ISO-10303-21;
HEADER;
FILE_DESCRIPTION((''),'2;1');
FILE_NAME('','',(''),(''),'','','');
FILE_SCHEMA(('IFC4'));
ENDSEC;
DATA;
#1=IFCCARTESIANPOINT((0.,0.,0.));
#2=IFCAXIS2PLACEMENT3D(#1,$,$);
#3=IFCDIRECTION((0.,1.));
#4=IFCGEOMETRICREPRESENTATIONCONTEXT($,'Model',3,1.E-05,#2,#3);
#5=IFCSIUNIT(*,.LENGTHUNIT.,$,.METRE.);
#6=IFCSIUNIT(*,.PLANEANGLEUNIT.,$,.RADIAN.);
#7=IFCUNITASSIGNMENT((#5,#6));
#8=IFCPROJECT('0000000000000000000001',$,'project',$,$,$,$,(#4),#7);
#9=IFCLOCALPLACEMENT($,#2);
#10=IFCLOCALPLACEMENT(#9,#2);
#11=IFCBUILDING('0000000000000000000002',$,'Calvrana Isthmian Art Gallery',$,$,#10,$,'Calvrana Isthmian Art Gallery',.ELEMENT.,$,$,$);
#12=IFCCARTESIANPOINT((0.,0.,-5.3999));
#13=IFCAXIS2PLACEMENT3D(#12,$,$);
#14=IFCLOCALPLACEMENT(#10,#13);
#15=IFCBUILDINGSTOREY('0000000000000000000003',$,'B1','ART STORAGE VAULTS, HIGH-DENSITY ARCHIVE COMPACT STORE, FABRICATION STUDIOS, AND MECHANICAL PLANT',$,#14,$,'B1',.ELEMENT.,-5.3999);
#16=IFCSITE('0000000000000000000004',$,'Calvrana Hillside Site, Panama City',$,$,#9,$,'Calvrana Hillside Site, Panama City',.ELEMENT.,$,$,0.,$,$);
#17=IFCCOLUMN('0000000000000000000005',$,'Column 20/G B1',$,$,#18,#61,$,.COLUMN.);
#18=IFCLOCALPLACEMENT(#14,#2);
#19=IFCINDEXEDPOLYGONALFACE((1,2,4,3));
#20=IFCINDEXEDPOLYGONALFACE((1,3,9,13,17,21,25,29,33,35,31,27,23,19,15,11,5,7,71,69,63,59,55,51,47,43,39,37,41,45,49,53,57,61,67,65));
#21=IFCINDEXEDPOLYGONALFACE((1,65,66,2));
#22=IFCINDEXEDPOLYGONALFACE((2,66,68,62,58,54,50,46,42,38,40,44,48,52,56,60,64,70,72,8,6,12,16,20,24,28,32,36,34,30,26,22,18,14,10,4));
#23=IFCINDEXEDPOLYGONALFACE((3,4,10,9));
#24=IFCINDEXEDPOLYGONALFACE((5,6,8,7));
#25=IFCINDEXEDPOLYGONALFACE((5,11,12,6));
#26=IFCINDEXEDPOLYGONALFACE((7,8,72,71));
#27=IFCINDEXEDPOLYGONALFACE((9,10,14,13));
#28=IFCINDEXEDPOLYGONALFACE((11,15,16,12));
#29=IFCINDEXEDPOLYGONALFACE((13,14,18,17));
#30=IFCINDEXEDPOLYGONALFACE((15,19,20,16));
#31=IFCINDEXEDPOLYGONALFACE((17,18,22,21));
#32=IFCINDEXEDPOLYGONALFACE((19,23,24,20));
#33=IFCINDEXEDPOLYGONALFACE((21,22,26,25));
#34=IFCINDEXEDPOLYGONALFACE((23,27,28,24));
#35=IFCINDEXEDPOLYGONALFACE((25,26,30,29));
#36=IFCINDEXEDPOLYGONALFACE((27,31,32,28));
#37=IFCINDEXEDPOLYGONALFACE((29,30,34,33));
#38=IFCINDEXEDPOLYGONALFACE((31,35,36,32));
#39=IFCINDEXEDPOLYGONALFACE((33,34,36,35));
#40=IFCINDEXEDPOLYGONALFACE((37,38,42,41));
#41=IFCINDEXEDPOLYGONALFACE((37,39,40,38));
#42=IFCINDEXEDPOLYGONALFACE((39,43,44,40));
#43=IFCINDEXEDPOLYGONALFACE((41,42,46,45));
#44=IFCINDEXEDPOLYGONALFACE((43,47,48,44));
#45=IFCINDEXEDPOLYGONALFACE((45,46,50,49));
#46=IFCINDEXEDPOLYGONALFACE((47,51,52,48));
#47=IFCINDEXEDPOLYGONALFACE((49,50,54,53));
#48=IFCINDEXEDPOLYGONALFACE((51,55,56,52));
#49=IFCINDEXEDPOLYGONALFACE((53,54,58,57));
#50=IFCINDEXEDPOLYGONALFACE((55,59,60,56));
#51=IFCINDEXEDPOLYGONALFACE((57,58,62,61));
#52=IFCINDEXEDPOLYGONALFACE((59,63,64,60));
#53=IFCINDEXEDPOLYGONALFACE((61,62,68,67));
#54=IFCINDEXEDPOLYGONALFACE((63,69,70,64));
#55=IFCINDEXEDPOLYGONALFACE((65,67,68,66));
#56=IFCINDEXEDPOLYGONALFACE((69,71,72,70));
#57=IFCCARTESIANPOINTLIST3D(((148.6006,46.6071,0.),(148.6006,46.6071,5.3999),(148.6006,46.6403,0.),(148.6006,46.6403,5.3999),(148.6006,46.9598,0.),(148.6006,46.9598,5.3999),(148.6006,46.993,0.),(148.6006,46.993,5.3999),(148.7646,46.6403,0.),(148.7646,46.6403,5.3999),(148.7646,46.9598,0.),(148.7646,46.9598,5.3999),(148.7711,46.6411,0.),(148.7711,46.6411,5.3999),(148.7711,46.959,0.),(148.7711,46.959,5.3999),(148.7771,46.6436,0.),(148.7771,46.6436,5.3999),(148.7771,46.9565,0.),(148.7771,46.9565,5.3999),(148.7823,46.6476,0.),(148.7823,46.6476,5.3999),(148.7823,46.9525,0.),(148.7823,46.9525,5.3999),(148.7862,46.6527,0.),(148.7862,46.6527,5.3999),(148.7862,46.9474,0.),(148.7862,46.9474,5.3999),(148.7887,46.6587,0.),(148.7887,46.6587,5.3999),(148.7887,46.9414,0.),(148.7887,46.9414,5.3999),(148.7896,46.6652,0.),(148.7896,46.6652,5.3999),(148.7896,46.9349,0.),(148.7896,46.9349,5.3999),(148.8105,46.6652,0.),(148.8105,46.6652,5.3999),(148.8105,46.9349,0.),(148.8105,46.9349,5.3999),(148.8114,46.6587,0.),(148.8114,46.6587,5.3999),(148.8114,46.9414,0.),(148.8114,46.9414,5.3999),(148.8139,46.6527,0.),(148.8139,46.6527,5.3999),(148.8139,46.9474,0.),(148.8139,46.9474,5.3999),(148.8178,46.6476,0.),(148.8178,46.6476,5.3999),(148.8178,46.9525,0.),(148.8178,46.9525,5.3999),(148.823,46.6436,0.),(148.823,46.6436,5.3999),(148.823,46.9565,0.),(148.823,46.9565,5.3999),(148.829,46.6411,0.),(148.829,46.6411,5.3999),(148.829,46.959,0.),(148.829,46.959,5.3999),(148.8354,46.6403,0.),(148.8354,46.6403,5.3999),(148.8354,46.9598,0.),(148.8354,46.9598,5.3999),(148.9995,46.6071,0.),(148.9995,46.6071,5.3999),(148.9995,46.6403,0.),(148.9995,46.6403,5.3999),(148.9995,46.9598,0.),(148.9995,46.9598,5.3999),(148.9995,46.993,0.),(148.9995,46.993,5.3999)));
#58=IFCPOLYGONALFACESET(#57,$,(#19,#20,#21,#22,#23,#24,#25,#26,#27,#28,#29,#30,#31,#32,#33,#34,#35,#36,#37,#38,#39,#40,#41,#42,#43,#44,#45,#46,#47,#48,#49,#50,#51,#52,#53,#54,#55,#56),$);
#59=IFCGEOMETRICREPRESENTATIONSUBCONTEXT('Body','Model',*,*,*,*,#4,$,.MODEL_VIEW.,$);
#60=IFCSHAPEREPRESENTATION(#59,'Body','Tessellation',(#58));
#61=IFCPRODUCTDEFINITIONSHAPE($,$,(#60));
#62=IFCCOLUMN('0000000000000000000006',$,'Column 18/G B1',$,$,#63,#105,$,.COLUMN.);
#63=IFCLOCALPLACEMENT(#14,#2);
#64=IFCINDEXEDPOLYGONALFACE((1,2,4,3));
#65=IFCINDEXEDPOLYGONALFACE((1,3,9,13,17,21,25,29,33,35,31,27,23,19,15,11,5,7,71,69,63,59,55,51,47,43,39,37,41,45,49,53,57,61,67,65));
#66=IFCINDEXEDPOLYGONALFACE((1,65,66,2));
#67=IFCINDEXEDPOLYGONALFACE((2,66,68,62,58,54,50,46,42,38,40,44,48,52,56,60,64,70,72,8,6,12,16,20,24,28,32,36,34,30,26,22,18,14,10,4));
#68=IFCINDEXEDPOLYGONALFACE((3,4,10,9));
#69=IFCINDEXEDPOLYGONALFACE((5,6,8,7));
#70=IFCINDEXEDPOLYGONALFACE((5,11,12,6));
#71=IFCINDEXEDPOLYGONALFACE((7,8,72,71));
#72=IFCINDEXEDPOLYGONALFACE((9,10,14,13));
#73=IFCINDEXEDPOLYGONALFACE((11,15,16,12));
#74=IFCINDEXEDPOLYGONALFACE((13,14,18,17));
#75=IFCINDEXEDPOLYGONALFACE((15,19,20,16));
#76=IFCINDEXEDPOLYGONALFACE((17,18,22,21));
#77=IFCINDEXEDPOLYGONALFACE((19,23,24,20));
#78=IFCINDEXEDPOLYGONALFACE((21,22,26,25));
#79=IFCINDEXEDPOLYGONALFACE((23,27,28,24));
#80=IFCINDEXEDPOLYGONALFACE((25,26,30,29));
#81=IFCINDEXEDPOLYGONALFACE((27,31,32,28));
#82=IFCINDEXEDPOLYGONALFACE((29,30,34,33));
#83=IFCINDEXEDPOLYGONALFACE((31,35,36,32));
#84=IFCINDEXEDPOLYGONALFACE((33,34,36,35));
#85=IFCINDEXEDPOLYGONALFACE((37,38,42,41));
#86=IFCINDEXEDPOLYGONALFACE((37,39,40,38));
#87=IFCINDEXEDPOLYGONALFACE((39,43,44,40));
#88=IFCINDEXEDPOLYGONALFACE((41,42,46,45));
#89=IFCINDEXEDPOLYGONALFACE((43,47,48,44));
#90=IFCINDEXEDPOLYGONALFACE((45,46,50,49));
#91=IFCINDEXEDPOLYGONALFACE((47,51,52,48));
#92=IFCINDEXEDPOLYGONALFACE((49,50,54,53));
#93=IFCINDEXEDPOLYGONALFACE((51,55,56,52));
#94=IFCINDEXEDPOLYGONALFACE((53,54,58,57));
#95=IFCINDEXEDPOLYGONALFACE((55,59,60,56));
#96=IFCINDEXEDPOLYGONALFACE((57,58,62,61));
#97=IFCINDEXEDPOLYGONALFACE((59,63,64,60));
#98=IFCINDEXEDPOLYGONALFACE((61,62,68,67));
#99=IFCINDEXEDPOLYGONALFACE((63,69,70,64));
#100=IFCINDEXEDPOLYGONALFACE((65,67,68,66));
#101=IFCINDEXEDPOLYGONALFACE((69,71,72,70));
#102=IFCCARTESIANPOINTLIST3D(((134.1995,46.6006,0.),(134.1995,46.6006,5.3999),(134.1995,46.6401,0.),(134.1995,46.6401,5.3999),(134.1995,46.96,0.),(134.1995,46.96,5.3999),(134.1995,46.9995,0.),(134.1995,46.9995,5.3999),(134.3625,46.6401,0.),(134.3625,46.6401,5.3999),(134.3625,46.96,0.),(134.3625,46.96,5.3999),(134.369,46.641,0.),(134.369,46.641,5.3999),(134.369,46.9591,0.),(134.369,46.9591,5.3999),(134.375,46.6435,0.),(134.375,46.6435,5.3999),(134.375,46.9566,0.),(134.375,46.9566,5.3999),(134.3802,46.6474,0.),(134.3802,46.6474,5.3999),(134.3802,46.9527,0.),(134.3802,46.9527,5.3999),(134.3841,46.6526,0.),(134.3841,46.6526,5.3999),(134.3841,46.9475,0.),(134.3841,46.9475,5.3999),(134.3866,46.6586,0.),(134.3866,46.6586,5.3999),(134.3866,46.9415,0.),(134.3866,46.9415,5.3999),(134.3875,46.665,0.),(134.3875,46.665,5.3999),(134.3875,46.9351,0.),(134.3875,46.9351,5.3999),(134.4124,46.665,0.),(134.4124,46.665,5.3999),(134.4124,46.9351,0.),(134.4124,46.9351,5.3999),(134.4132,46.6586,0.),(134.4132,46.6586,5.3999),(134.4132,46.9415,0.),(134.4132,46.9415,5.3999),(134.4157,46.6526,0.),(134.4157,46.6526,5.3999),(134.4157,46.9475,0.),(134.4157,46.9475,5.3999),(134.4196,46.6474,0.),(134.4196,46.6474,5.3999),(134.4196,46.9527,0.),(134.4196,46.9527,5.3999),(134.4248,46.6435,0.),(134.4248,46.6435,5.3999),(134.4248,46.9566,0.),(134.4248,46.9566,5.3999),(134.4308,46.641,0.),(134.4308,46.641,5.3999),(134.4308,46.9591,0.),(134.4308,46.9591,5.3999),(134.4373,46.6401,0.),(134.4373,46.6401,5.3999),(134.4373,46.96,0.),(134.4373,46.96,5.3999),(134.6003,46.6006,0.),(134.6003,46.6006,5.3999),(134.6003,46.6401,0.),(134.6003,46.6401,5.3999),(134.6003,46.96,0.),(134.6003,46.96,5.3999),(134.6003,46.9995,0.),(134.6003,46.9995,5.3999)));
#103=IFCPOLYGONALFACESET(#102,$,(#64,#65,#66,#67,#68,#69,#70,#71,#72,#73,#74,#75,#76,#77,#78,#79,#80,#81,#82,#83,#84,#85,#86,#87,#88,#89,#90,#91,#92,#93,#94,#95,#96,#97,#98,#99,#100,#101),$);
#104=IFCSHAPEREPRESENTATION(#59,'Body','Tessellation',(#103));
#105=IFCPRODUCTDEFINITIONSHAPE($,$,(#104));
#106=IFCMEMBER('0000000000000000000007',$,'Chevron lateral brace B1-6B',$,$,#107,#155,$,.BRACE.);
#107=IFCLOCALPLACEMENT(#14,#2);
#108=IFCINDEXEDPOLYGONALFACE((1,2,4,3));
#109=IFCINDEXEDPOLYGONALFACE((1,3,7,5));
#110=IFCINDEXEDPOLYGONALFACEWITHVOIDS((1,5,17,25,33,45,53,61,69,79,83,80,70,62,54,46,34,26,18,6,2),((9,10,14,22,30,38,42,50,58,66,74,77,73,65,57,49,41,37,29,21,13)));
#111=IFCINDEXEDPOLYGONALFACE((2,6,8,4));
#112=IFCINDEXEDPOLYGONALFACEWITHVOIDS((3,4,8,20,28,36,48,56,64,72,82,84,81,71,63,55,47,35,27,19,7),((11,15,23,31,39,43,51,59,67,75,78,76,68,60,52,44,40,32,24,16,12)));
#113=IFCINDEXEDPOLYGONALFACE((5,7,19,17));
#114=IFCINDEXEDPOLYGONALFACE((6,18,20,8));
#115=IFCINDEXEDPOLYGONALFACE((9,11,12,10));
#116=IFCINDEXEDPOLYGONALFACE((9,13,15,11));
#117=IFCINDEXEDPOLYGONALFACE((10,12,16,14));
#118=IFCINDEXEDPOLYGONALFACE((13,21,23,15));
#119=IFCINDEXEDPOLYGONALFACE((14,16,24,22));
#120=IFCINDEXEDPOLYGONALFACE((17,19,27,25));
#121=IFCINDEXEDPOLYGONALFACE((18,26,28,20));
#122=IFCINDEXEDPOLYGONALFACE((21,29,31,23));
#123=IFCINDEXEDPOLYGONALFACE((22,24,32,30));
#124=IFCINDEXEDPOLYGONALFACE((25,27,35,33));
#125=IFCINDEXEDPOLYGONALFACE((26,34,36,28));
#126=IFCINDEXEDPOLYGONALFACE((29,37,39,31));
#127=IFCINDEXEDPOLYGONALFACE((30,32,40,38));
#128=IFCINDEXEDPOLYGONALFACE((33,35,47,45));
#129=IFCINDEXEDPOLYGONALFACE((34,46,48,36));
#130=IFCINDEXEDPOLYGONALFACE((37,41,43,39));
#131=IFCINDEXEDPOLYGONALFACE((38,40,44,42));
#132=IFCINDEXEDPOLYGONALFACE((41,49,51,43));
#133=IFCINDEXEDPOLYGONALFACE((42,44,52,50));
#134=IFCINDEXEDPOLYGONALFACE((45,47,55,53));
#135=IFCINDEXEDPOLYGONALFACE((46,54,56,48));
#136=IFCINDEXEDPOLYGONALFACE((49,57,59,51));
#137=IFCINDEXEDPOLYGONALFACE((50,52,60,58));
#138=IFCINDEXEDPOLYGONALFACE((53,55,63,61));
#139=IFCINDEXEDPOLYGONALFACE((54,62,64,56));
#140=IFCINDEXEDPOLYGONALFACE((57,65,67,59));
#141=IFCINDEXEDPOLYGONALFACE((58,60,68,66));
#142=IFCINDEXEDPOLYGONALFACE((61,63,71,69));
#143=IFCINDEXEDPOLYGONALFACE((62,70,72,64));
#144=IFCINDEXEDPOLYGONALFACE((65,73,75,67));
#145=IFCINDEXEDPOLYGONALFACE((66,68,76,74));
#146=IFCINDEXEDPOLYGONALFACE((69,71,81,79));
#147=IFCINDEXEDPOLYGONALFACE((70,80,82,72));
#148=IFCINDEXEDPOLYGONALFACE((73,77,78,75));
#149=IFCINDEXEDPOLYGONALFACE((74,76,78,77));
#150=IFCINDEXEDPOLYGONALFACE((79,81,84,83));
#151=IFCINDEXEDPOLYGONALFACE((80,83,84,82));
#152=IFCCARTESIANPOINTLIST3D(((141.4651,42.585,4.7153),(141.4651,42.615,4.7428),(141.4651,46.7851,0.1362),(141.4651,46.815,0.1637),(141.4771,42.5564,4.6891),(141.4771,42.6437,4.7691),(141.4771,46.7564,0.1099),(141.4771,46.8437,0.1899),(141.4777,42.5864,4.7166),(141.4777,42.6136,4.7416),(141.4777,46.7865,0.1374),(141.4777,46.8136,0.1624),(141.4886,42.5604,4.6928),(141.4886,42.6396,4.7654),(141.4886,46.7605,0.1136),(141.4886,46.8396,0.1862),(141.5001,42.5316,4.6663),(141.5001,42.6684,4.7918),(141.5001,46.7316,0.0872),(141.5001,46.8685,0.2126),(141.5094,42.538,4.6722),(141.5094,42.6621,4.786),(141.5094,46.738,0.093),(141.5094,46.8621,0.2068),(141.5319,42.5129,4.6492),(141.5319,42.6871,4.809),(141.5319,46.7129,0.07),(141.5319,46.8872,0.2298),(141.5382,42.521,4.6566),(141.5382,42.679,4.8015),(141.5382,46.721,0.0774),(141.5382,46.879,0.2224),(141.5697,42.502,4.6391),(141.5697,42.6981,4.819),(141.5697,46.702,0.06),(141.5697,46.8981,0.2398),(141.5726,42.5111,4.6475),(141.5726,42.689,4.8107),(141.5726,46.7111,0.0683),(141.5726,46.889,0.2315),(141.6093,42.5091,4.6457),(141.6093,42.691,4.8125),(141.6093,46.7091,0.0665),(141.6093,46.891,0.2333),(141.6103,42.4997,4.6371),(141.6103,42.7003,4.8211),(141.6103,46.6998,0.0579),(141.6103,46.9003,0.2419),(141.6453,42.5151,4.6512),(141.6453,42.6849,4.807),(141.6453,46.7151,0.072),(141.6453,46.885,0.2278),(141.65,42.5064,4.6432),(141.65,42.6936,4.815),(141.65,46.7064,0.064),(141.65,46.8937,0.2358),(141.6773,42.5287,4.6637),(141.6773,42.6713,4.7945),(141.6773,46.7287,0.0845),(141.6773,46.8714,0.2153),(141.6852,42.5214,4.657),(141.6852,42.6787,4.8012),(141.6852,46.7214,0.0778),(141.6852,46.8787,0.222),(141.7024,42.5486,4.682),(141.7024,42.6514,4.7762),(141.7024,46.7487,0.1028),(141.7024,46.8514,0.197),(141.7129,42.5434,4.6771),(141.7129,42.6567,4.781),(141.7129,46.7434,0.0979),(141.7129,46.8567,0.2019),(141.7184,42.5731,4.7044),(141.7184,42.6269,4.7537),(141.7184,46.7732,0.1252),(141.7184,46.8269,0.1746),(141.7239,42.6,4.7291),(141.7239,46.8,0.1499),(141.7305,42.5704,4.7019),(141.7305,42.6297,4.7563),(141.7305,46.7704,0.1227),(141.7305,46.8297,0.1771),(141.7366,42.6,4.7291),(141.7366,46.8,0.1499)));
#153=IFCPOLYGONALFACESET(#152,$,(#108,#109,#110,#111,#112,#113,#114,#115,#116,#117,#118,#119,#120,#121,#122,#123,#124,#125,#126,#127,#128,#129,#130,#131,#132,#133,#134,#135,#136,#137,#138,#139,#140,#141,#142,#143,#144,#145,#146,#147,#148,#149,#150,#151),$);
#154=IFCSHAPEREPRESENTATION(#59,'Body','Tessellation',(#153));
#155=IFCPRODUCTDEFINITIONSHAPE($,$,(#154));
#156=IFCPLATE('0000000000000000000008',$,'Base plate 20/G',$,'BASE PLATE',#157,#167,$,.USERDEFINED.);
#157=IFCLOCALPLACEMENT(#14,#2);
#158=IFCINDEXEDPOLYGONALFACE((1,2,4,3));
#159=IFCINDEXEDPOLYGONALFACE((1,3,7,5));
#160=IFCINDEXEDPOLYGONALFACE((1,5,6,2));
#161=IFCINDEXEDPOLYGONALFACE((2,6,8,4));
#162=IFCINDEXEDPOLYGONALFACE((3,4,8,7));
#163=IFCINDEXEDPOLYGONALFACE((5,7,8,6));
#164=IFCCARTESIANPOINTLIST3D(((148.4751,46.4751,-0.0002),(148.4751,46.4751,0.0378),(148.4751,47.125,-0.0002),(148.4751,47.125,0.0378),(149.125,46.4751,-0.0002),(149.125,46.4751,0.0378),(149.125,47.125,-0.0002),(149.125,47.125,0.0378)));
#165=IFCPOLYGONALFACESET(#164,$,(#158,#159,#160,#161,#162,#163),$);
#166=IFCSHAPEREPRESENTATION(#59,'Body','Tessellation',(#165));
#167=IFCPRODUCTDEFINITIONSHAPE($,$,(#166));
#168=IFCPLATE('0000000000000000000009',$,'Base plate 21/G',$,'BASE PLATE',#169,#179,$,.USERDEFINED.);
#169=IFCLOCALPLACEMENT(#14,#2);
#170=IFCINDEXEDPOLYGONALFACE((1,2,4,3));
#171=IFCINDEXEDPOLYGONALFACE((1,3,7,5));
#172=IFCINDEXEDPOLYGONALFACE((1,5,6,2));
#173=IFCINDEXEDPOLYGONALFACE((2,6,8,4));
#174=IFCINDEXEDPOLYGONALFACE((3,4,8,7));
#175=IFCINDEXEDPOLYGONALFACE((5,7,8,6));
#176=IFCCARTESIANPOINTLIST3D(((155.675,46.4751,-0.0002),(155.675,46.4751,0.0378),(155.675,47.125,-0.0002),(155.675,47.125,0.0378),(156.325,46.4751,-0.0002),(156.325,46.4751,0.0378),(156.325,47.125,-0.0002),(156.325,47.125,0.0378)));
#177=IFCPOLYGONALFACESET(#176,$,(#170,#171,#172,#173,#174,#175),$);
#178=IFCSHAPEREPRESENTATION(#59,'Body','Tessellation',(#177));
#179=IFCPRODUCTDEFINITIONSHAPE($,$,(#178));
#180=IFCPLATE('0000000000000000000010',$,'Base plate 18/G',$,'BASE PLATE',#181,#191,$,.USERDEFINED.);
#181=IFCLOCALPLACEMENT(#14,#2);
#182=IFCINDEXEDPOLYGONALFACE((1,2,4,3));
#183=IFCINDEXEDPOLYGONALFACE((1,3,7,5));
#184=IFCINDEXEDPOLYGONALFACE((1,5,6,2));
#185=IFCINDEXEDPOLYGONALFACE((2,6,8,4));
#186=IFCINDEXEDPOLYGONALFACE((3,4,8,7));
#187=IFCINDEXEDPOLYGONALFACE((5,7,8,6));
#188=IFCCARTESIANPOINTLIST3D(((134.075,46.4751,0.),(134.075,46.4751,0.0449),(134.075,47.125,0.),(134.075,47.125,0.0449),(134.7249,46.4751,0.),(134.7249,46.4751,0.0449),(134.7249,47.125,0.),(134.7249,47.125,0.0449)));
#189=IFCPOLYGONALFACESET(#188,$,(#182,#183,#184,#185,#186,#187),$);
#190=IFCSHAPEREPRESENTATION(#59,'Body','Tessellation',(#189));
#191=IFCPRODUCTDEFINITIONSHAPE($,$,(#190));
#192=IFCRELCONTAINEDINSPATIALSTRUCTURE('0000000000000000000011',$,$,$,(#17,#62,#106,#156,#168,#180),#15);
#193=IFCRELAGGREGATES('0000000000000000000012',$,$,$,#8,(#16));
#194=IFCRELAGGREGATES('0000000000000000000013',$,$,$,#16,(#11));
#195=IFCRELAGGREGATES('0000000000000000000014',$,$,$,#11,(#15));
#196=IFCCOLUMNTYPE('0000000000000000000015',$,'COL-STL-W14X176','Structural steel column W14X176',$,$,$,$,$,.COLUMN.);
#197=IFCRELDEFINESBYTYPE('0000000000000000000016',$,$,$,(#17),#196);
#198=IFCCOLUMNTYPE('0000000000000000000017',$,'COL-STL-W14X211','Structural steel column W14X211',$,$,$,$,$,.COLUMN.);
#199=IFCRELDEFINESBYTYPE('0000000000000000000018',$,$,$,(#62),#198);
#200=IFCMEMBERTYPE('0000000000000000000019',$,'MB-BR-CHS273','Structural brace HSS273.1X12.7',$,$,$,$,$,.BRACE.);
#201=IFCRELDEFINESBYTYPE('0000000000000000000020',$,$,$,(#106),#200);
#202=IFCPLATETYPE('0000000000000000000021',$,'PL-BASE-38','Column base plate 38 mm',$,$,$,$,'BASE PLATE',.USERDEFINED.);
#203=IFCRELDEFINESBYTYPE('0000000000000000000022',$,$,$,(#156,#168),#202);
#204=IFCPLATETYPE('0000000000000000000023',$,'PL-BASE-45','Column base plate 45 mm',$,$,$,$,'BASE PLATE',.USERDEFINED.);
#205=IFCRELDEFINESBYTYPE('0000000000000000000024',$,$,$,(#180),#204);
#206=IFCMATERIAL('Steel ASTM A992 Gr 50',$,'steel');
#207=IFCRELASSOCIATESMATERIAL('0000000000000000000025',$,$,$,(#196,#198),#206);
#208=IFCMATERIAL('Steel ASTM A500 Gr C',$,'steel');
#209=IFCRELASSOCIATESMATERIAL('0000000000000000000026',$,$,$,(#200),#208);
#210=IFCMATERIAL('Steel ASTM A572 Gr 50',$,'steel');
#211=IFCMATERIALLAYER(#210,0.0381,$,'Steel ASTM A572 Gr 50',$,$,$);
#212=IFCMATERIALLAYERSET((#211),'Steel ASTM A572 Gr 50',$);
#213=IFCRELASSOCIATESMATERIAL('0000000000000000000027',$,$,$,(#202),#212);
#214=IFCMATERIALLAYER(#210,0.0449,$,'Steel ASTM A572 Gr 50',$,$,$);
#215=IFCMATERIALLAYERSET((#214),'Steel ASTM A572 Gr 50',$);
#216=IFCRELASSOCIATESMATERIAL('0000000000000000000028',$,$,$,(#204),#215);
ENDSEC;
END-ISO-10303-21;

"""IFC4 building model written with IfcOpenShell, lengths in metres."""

from ifc_helpers import new_model, si_unit, direction, frame, origin, origin_2d, place, context, subcontext, project, spatial, rectangle, hollow_circle, i_section, extrude, material, layer, layer_set, material_profile, profile_set, type_object, element, save


model = new_model("IFC4")

# Units and contexts
model_context = context("Model", 3, precision=1e-05, world=origin(), true_north=direction((0.0, 1.0)))
body_context = subcontext(model_context, "Body", "Model", "MODEL_VIEW")
ifc_project = project(units=[si_unit("LENGTHUNIT", "METRE"), si_unit("PLANEANGLEUNIT", "RADIAN")], contexts=[model_context])

# Site, building, storey
site_placement = place(None, origin())
site = spatial("IfcSite", under=ifc_project, at=site_placement, Name="Calvrana Hillside Site, Panama City", LongName="Calvrana Hillside Site, Panama City", CompositionType="ELEMENT", RefElevation=0.0)
building_placement = place(site_placement, origin())
building = spatial("IfcBuilding", under=site, at=building_placement, Name="Calvrana Isthmian Art Gallery", LongName="Calvrana Isthmian Art Gallery", CompositionType="ELEMENT")
storey_placement = place(building_placement, frame((0.0, 0.0, -5.3999)))
storey = spatial("IfcBuildingStorey", under=building, at=storey_placement, Name="B1", Description="ART STORAGE VAULTS, HIGH-DENSITY ARCHIVE COMPACT STORE, FABRICATION STUDIOS, AND MECHANICAL PLANT", LongName="B1", CompositionType="ELEMENT", Elevation=-5.3999)

# Columns
ifc_material_1 = material(Name="Steel ASTM A992 Gr 50", Category="steel")
ifc_material_profile_1 = material_profile(ifc_material_1, i_section(OverallWidth=0.3989, OverallDepth=0.386, WebThickness=0.021, FlangeThickness=0.0332, FilletRadius=0.0249, at=origin_2d()), Name="W14X176")
ifc_profile_set_1 = profile_set([ifc_material_profile_1], Name="Steel ASTM A992 Gr 50")
column_type_1 = type_object("IfcColumnType", Name="COL-STL-W14X176", Description="Structural steel column W14X176", PredefinedType="COLUMN", material=ifc_profile_set_1)
for number, where, z_axis, x_axis, name in (
    (1, (148.8, 46.8, 0.0), (0.0, 0.0, 1.0), (1.0, 0.0, 0.0), "Column 20/G B1"),
):
    element("IfcColumn", number, at=place(storey_placement, frame(where, z_axis=z_axis, x_axis=x_axis)), inside=storey, type_object=column_type_1, Name=name, PredefinedType="COLUMN", context=body_context, shape_type="SweptSolid", body=[
        extrude(i_section(OverallWidth=0.3989, OverallDepth=0.386, WebThickness=0.021, FlangeThickness=0.0332, FilletRadius=0.0249, at=origin_2d()), origin(), (0.0, 0.0, 1.0), 5.3999),
    ])
ifc_material_profile_2 = material_profile(ifc_material_1, i_section(OverallWidth=0.4009, OverallDepth=0.3989, WebThickness=0.0249, FlangeThickness=0.0396, FilletRadius=0.0249, at=origin_2d()), Name="W14X211")
ifc_profile_set_2 = profile_set([ifc_material_profile_2], Name="Steel ASTM A992 Gr 50")
column_type_2 = type_object("IfcColumnType", Name="COL-STL-W14X211", Description="Structural steel column W14X211", PredefinedType="COLUMN", material=ifc_profile_set_2)
column_1_placement = place(storey_placement, frame((134.3999, 46.8, 0.0), z_axis=(0.0, 0.0, 1.0), x_axis=(1.0, 0.0, 0.0)))
element("IfcColumn", 2, at=column_1_placement, inside=storey, type_object=column_type_2, Name="Column 18/G B1", PredefinedType="COLUMN", context=body_context, shape_type="SweptSolid", body=[
    extrude(i_section(OverallWidth=0.4009, OverallDepth=0.3989, WebThickness=0.0249, FlangeThickness=0.0396, FilletRadius=0.0249, at=origin_2d()), origin(), (0.0, 0.0, 1.0), 5.3999),
])

# Member
ifc_material_2 = material(Name="Steel ASTM A500 Gr C", Category="steel")
ifc_material_profile_3 = material_profile(ifc_material_2, hollow_circle(Radius=0.1365, WallThickness=0.0127, at=origin_2d()), Name="HSS273.1X12.7")
ifc_profile_set_3 = profile_set([ifc_material_profile_3], Name="Steel ASTM A500 Gr C")
member_type = type_object("IfcMemberType", Name="MB-BR-CHS273", Description="Structural brace HSS273.1X12.7", PredefinedType="BRACE", material=ifc_profile_set_3)
member_placement = place(storey_placement, frame((141.6001, 46.8, 0.1499), z_axis=(0.0, -0.675938, 0.736958), x_axis=(1.0, 0.0, 0.0)))
element("IfcMember", 3, at=member_placement, inside=storey, type_object=member_type, Name="Chevron lateral brace B1-6B", PredefinedType="BRACE", context=body_context, shape_type="SweptSolid", body=[
    extrude(hollow_circle(Radius=0.1365, WallThickness=0.0127, at=origin_2d()), origin(), (0.0, 0.0, 1.0), 6.2136),
])

# Plates
ifc_material_3 = material(Name="Steel ASTM A572 Gr 50", Category="steel")
ifc_layer_1 = layer(ifc_material_3, 0.0381, Name="Steel ASTM A572 Gr 50")
ifc_layer_set_1 = layer_set([ifc_layer_1], Name="Steel ASTM A572 Gr 50")
plate_type_1 = type_object("IfcPlateType", Name="PL-BASE-38", Description="Column base plate 38 mm", ElementType="BASE PLATE", PredefinedType="USERDEFINED", material=ifc_layer_set_1)
for number, where, z_axis, x_axis, name in (
    (4, (148.8, 46.8, -0.0002), (0.0, 0.0, 1.0), (1.0, 0.0, 0.0), "Base plate 20/G"),
    (5, (156.0, 46.8, -0.0002), (0.0, 0.0, 1.0), (1.0, 0.0, 0.0), "Base plate 21/G"),
):
    element("IfcPlate", number, at=place(storey_placement, frame(where, z_axis=z_axis, x_axis=x_axis)), inside=storey, type_object=plate_type_1, Name=name, ObjectType="BASE PLATE", PredefinedType="USERDEFINED", context=body_context, shape_type="SweptSolid", body=[
        extrude(rectangle(XDim=0.6499, YDim=0.6499, at=origin_2d()), origin(), (0.0, 0.0, 1.0), 0.0381),
    ])
ifc_layer_2 = layer(ifc_material_3, 0.0449, Name="Steel ASTM A572 Gr 50")
ifc_layer_set_2 = layer_set([ifc_layer_2], Name="Steel ASTM A572 Gr 50")
plate_type_2 = type_object("IfcPlateType", Name="PL-BASE-45", Description="Column base plate 45 mm", ElementType="BASE PLATE", PredefinedType="USERDEFINED", material=ifc_layer_set_2)
for number, where, z_axis, x_axis, name in (
    (6, (134.3999, 46.8, 0.0), (0.0, 0.0, 1.0), (1.0, 0.0, 0.0), "Base plate 18/G"),
):
    element("IfcPlate", number, at=place(storey_placement, frame(where, z_axis=z_axis, x_axis=x_axis)), inside=storey, type_object=plate_type_2, Name=name, ObjectType="BASE PLATE", PredefinedType="USERDEFINED", context=body_context, shape_type="SweptSolid", body=[
        extrude(rectangle(XDim=0.6499, YDim=0.6499, at=origin_2d()), origin(), (0.0, 0.0, 1.0), 0.0449),
    ])

save(model, "model.ifc")
